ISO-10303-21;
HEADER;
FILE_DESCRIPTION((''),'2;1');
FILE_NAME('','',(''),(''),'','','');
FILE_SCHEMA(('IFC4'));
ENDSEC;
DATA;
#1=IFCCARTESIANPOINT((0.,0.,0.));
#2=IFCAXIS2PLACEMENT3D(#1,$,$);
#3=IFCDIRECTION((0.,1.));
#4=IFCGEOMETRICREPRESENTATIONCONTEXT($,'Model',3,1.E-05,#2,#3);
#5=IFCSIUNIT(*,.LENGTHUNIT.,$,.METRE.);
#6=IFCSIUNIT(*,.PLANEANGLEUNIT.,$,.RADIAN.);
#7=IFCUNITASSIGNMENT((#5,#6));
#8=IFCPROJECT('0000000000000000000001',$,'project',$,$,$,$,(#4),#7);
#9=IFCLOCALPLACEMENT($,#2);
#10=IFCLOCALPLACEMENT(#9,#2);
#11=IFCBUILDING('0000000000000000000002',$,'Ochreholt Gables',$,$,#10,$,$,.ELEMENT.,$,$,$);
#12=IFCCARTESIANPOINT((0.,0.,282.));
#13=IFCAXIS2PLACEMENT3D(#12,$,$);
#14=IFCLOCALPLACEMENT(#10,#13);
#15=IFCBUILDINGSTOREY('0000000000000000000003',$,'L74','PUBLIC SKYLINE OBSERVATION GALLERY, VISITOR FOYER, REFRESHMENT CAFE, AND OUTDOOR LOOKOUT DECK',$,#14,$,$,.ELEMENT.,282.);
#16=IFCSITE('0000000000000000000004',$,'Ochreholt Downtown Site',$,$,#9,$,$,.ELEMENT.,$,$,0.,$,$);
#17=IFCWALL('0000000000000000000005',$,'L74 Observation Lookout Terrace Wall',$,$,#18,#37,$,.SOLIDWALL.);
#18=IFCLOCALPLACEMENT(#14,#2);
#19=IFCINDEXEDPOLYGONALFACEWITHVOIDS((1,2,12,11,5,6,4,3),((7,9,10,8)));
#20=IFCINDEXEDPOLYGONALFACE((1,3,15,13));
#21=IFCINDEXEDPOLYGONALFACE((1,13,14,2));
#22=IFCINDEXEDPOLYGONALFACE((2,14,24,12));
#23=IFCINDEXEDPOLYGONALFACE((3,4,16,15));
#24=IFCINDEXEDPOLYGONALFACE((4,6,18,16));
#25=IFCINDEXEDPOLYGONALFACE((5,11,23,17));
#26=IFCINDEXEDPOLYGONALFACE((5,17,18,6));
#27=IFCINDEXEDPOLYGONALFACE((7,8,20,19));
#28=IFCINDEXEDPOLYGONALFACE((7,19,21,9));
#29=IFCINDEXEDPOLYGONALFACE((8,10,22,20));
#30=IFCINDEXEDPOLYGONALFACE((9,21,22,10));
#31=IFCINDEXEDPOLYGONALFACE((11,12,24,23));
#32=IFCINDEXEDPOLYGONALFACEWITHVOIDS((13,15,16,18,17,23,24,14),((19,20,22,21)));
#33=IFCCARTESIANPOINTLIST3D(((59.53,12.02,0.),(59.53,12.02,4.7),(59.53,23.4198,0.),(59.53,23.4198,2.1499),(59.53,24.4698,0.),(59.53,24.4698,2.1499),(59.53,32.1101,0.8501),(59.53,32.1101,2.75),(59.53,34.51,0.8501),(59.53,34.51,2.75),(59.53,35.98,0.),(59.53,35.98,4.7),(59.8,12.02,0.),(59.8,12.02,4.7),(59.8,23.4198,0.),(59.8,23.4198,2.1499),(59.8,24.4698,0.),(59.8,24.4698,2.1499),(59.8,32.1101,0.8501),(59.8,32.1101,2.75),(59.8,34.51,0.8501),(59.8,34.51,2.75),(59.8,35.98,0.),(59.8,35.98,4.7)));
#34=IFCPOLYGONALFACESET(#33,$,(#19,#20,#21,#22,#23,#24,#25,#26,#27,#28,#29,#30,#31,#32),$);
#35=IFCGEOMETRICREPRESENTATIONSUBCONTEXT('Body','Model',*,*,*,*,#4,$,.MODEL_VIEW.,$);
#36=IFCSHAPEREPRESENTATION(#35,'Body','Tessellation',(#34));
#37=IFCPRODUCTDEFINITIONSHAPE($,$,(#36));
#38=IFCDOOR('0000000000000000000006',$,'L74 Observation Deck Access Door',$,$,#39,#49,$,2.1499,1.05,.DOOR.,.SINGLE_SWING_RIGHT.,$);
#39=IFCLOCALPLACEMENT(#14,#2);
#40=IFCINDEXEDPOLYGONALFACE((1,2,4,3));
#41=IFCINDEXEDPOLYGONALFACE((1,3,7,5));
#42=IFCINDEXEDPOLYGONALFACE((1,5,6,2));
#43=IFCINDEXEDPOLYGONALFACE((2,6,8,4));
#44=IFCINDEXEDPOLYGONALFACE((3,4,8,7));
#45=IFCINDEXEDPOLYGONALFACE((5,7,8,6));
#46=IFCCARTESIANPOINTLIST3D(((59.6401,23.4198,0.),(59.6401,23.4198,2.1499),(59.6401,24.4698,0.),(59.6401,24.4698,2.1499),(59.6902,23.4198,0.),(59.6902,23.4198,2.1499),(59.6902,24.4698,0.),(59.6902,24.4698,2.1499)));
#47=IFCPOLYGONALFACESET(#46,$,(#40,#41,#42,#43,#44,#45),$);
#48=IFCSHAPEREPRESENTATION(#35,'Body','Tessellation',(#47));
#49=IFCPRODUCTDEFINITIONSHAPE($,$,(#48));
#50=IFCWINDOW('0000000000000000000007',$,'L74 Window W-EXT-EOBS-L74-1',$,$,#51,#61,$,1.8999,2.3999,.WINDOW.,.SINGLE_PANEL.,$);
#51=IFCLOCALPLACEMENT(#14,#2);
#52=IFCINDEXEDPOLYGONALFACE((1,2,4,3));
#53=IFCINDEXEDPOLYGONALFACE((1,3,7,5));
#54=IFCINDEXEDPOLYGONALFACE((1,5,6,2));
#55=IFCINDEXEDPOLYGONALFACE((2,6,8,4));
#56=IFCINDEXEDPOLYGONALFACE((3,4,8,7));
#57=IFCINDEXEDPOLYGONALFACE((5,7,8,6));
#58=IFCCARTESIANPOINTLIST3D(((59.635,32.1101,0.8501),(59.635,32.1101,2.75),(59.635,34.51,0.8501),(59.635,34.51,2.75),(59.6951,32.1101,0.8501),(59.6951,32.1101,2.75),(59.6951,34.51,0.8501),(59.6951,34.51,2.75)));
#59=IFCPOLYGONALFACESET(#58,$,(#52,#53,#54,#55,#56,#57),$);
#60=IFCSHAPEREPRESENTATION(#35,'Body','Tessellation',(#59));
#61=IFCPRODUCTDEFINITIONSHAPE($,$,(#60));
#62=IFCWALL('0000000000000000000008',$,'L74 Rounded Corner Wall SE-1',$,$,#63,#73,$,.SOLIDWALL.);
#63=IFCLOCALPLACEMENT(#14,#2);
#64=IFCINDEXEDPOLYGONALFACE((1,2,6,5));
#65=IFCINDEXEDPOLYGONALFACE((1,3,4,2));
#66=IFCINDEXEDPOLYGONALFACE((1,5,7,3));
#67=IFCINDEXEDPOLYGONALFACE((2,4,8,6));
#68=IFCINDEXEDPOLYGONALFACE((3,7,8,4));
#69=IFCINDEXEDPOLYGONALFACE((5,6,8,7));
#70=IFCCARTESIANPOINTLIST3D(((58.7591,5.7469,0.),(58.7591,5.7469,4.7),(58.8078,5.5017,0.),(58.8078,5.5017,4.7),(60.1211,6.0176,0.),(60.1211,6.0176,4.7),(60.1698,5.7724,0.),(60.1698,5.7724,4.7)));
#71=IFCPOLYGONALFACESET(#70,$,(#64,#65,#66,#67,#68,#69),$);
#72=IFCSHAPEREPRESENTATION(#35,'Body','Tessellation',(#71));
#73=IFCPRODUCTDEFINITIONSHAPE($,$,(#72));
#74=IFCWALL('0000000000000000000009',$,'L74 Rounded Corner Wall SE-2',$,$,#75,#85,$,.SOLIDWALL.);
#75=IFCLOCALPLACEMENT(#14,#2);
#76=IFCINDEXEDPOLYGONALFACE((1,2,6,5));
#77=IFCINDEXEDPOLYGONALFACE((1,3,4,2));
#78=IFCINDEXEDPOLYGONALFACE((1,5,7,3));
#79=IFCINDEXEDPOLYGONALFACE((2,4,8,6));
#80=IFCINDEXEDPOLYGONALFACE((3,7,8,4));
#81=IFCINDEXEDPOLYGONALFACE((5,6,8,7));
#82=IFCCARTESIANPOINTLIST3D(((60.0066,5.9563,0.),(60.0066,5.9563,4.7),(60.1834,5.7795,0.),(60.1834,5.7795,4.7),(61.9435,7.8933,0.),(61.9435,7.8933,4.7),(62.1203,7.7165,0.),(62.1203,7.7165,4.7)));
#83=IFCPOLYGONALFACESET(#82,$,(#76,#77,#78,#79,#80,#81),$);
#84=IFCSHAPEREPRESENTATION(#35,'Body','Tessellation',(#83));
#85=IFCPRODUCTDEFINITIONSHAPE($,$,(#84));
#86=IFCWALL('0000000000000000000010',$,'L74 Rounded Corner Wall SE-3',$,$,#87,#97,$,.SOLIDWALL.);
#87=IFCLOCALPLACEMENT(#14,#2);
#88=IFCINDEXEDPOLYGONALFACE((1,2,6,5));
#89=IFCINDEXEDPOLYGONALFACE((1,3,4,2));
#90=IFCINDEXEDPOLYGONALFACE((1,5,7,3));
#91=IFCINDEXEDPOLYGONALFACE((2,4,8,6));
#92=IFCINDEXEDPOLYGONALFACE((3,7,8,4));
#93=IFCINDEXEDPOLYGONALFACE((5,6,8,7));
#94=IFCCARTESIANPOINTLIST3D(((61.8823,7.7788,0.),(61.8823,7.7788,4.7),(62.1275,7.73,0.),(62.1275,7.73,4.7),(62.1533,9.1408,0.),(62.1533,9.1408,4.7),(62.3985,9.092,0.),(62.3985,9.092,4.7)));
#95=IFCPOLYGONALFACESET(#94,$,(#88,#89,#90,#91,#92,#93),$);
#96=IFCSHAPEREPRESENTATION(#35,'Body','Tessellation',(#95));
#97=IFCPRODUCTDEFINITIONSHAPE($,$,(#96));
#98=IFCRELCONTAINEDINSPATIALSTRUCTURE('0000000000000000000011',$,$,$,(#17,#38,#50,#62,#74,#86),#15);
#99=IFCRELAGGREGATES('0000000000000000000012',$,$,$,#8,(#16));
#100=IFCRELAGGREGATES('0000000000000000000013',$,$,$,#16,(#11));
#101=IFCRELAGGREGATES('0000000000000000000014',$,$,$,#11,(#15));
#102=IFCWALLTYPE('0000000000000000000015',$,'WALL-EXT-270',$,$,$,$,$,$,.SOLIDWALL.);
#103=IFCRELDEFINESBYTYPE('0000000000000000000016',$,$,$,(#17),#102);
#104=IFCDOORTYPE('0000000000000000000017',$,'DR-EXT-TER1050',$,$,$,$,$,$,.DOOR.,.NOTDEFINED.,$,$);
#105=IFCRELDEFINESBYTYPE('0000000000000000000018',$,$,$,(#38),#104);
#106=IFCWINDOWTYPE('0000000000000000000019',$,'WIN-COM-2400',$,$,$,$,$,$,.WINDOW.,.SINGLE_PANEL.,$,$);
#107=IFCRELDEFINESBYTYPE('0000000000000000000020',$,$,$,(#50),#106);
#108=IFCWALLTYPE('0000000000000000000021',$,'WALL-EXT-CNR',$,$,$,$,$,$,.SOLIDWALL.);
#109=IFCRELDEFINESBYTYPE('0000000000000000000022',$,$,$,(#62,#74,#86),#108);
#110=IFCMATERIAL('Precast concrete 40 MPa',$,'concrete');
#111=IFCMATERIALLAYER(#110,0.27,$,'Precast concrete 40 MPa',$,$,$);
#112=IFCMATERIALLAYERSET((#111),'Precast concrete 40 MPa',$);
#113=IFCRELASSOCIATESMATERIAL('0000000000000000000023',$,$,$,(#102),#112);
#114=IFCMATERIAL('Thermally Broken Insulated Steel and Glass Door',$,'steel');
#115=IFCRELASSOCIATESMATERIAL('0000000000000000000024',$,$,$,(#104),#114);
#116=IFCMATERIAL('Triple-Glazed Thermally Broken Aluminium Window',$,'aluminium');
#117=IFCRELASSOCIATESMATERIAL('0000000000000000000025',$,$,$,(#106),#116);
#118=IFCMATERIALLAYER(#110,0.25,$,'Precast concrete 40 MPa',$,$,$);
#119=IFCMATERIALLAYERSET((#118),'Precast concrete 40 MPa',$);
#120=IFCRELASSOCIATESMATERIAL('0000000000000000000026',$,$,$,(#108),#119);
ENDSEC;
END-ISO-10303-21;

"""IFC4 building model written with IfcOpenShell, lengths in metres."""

from ifc_helpers import new_model, si_unit, direction, frame, frame_2d, origin, place, context, subcontext, project, spatial, rectangle, extrude, material, layer, layer_set, type_object, element, fill, save


model = new_model("IFC4")

# Units and contexts
model_context = context("Model", 3, precision=1e-05, world=origin(), true_north=direction((0.0, 1.0)))
body_context = subcontext(model_context, "Body", "Model", "MODEL_VIEW")
ifc_project = project(units=[si_unit("LENGTHUNIT", "METRE"), si_unit("PLANEANGLEUNIT", "RADIAN")], contexts=[model_context])

# Site, building, storey
site_placement = place(None, origin())
site = spatial("IfcSite", under=ifc_project, at=site_placement, Name="Ochreholt Downtown Site", CompositionType="ELEMENT", RefElevation=0.0)
building_placement = place(site_placement, origin())
building = spatial("IfcBuilding", under=site, at=building_placement, Name="Ochreholt Gables", CompositionType="ELEMENT")
storey_placement = place(building_placement, frame((0.0, 0.0, 282.0)))
storey = spatial("IfcBuildingStorey", under=building, at=storey_placement, Name="L74", Description="PUBLIC SKYLINE OBSERVATION GALLERY, VISITOR FOYER, REFRESHMENT CAFE, AND OUTDOOR LOOKOUT DECK", CompositionType="ELEMENT", Elevation=282.0)

# Shared definitions
ifc_material_1 = material(Name="Precast concrete 40 MPa", Category="concrete")
ifc_layer_1 = layer(ifc_material_1, 0.27, Name="Precast concrete 40 MPa")
ifc_layer_set_1 = layer_set([ifc_layer_1], Name="Precast concrete 40 MPa")
wall_type_1 = type_object("IfcWallType", Name="WALL-EXT-270", PredefinedType="SOLIDWALL", material=ifc_layer_set_1)
ifc_material_2 = material(Name="Triple-Glazed Thermally Broken Aluminium Window", Category="aluminium")

# Wall, openings, door, window
wall_1_placement = place(storey_placement, frame((59.665, 12.02, 0.0), z_axis=(0.0, 0.0, 1.0), x_axis=(0.0, 1.0, 0.0)))
wall_1 = element("IfcWall", 1, at=wall_1_placement, inside=storey, type_object=wall_type_1, Name="L74 Observation Lookout Terrace Wall", PredefinedType="SOLIDWALL", context=body_context, shape_type="SweptSolid", body=[
    extrude(rectangle(XDim=23.96, YDim=0.27, at=frame_2d((11.98, 0.0))), origin(), (0.0, 0.0, 1.0), 4.7),
])
opening_1_placement = place(wall_1_placement, frame((11.3999, 0.0, 0.0)))
opening_1 = element("IfcOpeningElement", 2, at=opening_1_placement, cuts=wall_1, PredefinedType="OPENING", context=body_context, shape_type="SweptSolid", body=[
    extrude(rectangle(XDim=1.05, YDim=2.1499, at=frame_2d((0.5249, 1.075))), frame((0.0, 0.145, 0.0), z_axis=(0.0, -1.0, 0.0), x_axis=(1.0, 0.0, 0.0)), (0.0, 0.0, 1.0), 0.29),
])
opening_2_placement = place(wall_1_placement, frame((20.0901, 0.0, 0.8501)))
opening_2 = element("IfcOpeningElement", 3, at=opening_2_placement, cuts=wall_1, PredefinedType="OPENING", context=body_context, shape_type="SweptSolid", body=[
    extrude(rectangle(XDim=2.3999, YDim=1.8999, at=frame_2d((1.2, 0.95))), frame((0.0, 0.145, 0.0), z_axis=(0.0, -1.0, 0.0), x_axis=(1.0, 0.0, 0.0)), (0.0, 0.0, 1.0), 0.29),
])
ifc_material_3 = material(Name="Thermally Broken Insulated Steel and Glass Door", Category="steel")
door_type = type_object("IfcDoorType", Name="DR-EXT-TER1050", OperationType="NOTDEFINED", PredefinedType="DOOR", material=ifc_material_3)
door_placement = place(opening_1_placement, origin())
door = element("IfcDoor", 4, at=door_placement, inside=storey, type_object=door_type, Name="L74 Observation Deck Access Door", OperationType="SINGLE_SWING_RIGHT", OverallHeight=2.1499, OverallWidth=1.05, PredefinedType="DOOR", context=body_context, shape_type="SweptSolid", body=[
    extrude(rectangle(XDim=1.05, YDim=2.1499, at=frame_2d((0.5249, 1.075))), frame((0.0, 0.0249, 0.0), z_axis=(0.0, -1.0, 0.0), x_axis=(1.0, 0.0, 0.0)), (0.0, 0.0, 1.0), 0.05),
])
fill(opening_1, door)
window_type_1 = type_object("IfcWindowType", Name="WIN-COM-2400", PartitioningType="SINGLE_PANEL", PredefinedType="WINDOW", material=ifc_material_2)
window_1_placement = place(opening_2_placement, origin())
window_1 = element("IfcWindow", 5, at=window_1_placement, inside=storey, type_object=window_type_1, Name="L74 Window W-EXT-EOBS-L74-1", OverallHeight=1.8999, OverallWidth=2.3999, PartitioningType="SINGLE_PANEL", PredefinedType="WINDOW", context=body_context, shape_type="SweptSolid", body=[
    extrude(rectangle(XDim=2.3999, YDim=1.8999, at=frame_2d((1.2, 0.95))), frame((0.0, 0.03, 0.0), z_axis=(0.0, -1.0, 0.0), x_axis=(1.0, 0.0, 0.0)), (0.0, 0.0, 1.0), 0.0601),
])
fill(opening_2, window_1)

# Walls
ifc_layer_2 = layer(ifc_material_1, 0.25, Name="Precast concrete 40 MPa")
ifc_layer_set_2 = layer_set([ifc_layer_2], Name="Precast concrete 40 MPa")
wall_type_2 = type_object("IfcWallType", Name="WALL-EXT-CNR", PredefinedType="SOLIDWALL", material=ifc_layer_set_2)
wall_2_placement = place(storey_placement, frame((58.7834, 5.6243, 0.0), z_axis=(0.0, 0.0, 1.0), x_axis=(0.98081, 0.194967, 0.0)))
element("IfcWall", 6, at=wall_2_placement, inside=storey, type_object=wall_type_2, Name="L74 Rounded Corner Wall SE-1", PredefinedType="SOLIDWALL", context=body_context, shape_type="SweptSolid", body=[
    extrude(rectangle(XDim=1.3887, YDim=0.25, at=frame_2d((0.6943, 0.0))), origin(), (0.0, 0.0, 1.0), 4.7),
])
wall_3_placement = place(storey_placement, frame((60.095, 5.8679, 0.0), z_axis=(0.0, 0.0, 1.0), x_axis=(0.707107, 0.707107, 0.0)))
element("IfcWall", 7, at=wall_3_placement, inside=storey, type_object=wall_type_2, Name="L74 Rounded Corner Wall SE-2", PredefinedType="SOLIDWALL", context=body_context, shape_type="SweptSolid", body=[
    extrude(rectangle(XDim=2.7393, YDim=0.25, at=frame_2d((1.3696, 0.0))), origin(), (0.0, 0.0, 1.0), 4.7),
])
wall_4_placement = place(storey_placement, frame((62.0049, 7.7544, 0.0), z_axis=(0.0, 0.0, 1.0), x_axis=(0.195136, 0.980776, 0.0)))
element("IfcWall", 8, at=wall_4_placement, inside=storey, type_object=wall_type_2, Name="L74 Rounded Corner Wall SE-3", PredefinedType="SOLIDWALL", context=body_context, shape_type="SweptSolid", body=[
    extrude(rectangle(XDim=1.3887, YDim=0.25, at=frame_2d((0.6943, 0.0))), origin(), (0.0, 0.0, 1.0), 4.7),
])

save(model, "model.ifc")
